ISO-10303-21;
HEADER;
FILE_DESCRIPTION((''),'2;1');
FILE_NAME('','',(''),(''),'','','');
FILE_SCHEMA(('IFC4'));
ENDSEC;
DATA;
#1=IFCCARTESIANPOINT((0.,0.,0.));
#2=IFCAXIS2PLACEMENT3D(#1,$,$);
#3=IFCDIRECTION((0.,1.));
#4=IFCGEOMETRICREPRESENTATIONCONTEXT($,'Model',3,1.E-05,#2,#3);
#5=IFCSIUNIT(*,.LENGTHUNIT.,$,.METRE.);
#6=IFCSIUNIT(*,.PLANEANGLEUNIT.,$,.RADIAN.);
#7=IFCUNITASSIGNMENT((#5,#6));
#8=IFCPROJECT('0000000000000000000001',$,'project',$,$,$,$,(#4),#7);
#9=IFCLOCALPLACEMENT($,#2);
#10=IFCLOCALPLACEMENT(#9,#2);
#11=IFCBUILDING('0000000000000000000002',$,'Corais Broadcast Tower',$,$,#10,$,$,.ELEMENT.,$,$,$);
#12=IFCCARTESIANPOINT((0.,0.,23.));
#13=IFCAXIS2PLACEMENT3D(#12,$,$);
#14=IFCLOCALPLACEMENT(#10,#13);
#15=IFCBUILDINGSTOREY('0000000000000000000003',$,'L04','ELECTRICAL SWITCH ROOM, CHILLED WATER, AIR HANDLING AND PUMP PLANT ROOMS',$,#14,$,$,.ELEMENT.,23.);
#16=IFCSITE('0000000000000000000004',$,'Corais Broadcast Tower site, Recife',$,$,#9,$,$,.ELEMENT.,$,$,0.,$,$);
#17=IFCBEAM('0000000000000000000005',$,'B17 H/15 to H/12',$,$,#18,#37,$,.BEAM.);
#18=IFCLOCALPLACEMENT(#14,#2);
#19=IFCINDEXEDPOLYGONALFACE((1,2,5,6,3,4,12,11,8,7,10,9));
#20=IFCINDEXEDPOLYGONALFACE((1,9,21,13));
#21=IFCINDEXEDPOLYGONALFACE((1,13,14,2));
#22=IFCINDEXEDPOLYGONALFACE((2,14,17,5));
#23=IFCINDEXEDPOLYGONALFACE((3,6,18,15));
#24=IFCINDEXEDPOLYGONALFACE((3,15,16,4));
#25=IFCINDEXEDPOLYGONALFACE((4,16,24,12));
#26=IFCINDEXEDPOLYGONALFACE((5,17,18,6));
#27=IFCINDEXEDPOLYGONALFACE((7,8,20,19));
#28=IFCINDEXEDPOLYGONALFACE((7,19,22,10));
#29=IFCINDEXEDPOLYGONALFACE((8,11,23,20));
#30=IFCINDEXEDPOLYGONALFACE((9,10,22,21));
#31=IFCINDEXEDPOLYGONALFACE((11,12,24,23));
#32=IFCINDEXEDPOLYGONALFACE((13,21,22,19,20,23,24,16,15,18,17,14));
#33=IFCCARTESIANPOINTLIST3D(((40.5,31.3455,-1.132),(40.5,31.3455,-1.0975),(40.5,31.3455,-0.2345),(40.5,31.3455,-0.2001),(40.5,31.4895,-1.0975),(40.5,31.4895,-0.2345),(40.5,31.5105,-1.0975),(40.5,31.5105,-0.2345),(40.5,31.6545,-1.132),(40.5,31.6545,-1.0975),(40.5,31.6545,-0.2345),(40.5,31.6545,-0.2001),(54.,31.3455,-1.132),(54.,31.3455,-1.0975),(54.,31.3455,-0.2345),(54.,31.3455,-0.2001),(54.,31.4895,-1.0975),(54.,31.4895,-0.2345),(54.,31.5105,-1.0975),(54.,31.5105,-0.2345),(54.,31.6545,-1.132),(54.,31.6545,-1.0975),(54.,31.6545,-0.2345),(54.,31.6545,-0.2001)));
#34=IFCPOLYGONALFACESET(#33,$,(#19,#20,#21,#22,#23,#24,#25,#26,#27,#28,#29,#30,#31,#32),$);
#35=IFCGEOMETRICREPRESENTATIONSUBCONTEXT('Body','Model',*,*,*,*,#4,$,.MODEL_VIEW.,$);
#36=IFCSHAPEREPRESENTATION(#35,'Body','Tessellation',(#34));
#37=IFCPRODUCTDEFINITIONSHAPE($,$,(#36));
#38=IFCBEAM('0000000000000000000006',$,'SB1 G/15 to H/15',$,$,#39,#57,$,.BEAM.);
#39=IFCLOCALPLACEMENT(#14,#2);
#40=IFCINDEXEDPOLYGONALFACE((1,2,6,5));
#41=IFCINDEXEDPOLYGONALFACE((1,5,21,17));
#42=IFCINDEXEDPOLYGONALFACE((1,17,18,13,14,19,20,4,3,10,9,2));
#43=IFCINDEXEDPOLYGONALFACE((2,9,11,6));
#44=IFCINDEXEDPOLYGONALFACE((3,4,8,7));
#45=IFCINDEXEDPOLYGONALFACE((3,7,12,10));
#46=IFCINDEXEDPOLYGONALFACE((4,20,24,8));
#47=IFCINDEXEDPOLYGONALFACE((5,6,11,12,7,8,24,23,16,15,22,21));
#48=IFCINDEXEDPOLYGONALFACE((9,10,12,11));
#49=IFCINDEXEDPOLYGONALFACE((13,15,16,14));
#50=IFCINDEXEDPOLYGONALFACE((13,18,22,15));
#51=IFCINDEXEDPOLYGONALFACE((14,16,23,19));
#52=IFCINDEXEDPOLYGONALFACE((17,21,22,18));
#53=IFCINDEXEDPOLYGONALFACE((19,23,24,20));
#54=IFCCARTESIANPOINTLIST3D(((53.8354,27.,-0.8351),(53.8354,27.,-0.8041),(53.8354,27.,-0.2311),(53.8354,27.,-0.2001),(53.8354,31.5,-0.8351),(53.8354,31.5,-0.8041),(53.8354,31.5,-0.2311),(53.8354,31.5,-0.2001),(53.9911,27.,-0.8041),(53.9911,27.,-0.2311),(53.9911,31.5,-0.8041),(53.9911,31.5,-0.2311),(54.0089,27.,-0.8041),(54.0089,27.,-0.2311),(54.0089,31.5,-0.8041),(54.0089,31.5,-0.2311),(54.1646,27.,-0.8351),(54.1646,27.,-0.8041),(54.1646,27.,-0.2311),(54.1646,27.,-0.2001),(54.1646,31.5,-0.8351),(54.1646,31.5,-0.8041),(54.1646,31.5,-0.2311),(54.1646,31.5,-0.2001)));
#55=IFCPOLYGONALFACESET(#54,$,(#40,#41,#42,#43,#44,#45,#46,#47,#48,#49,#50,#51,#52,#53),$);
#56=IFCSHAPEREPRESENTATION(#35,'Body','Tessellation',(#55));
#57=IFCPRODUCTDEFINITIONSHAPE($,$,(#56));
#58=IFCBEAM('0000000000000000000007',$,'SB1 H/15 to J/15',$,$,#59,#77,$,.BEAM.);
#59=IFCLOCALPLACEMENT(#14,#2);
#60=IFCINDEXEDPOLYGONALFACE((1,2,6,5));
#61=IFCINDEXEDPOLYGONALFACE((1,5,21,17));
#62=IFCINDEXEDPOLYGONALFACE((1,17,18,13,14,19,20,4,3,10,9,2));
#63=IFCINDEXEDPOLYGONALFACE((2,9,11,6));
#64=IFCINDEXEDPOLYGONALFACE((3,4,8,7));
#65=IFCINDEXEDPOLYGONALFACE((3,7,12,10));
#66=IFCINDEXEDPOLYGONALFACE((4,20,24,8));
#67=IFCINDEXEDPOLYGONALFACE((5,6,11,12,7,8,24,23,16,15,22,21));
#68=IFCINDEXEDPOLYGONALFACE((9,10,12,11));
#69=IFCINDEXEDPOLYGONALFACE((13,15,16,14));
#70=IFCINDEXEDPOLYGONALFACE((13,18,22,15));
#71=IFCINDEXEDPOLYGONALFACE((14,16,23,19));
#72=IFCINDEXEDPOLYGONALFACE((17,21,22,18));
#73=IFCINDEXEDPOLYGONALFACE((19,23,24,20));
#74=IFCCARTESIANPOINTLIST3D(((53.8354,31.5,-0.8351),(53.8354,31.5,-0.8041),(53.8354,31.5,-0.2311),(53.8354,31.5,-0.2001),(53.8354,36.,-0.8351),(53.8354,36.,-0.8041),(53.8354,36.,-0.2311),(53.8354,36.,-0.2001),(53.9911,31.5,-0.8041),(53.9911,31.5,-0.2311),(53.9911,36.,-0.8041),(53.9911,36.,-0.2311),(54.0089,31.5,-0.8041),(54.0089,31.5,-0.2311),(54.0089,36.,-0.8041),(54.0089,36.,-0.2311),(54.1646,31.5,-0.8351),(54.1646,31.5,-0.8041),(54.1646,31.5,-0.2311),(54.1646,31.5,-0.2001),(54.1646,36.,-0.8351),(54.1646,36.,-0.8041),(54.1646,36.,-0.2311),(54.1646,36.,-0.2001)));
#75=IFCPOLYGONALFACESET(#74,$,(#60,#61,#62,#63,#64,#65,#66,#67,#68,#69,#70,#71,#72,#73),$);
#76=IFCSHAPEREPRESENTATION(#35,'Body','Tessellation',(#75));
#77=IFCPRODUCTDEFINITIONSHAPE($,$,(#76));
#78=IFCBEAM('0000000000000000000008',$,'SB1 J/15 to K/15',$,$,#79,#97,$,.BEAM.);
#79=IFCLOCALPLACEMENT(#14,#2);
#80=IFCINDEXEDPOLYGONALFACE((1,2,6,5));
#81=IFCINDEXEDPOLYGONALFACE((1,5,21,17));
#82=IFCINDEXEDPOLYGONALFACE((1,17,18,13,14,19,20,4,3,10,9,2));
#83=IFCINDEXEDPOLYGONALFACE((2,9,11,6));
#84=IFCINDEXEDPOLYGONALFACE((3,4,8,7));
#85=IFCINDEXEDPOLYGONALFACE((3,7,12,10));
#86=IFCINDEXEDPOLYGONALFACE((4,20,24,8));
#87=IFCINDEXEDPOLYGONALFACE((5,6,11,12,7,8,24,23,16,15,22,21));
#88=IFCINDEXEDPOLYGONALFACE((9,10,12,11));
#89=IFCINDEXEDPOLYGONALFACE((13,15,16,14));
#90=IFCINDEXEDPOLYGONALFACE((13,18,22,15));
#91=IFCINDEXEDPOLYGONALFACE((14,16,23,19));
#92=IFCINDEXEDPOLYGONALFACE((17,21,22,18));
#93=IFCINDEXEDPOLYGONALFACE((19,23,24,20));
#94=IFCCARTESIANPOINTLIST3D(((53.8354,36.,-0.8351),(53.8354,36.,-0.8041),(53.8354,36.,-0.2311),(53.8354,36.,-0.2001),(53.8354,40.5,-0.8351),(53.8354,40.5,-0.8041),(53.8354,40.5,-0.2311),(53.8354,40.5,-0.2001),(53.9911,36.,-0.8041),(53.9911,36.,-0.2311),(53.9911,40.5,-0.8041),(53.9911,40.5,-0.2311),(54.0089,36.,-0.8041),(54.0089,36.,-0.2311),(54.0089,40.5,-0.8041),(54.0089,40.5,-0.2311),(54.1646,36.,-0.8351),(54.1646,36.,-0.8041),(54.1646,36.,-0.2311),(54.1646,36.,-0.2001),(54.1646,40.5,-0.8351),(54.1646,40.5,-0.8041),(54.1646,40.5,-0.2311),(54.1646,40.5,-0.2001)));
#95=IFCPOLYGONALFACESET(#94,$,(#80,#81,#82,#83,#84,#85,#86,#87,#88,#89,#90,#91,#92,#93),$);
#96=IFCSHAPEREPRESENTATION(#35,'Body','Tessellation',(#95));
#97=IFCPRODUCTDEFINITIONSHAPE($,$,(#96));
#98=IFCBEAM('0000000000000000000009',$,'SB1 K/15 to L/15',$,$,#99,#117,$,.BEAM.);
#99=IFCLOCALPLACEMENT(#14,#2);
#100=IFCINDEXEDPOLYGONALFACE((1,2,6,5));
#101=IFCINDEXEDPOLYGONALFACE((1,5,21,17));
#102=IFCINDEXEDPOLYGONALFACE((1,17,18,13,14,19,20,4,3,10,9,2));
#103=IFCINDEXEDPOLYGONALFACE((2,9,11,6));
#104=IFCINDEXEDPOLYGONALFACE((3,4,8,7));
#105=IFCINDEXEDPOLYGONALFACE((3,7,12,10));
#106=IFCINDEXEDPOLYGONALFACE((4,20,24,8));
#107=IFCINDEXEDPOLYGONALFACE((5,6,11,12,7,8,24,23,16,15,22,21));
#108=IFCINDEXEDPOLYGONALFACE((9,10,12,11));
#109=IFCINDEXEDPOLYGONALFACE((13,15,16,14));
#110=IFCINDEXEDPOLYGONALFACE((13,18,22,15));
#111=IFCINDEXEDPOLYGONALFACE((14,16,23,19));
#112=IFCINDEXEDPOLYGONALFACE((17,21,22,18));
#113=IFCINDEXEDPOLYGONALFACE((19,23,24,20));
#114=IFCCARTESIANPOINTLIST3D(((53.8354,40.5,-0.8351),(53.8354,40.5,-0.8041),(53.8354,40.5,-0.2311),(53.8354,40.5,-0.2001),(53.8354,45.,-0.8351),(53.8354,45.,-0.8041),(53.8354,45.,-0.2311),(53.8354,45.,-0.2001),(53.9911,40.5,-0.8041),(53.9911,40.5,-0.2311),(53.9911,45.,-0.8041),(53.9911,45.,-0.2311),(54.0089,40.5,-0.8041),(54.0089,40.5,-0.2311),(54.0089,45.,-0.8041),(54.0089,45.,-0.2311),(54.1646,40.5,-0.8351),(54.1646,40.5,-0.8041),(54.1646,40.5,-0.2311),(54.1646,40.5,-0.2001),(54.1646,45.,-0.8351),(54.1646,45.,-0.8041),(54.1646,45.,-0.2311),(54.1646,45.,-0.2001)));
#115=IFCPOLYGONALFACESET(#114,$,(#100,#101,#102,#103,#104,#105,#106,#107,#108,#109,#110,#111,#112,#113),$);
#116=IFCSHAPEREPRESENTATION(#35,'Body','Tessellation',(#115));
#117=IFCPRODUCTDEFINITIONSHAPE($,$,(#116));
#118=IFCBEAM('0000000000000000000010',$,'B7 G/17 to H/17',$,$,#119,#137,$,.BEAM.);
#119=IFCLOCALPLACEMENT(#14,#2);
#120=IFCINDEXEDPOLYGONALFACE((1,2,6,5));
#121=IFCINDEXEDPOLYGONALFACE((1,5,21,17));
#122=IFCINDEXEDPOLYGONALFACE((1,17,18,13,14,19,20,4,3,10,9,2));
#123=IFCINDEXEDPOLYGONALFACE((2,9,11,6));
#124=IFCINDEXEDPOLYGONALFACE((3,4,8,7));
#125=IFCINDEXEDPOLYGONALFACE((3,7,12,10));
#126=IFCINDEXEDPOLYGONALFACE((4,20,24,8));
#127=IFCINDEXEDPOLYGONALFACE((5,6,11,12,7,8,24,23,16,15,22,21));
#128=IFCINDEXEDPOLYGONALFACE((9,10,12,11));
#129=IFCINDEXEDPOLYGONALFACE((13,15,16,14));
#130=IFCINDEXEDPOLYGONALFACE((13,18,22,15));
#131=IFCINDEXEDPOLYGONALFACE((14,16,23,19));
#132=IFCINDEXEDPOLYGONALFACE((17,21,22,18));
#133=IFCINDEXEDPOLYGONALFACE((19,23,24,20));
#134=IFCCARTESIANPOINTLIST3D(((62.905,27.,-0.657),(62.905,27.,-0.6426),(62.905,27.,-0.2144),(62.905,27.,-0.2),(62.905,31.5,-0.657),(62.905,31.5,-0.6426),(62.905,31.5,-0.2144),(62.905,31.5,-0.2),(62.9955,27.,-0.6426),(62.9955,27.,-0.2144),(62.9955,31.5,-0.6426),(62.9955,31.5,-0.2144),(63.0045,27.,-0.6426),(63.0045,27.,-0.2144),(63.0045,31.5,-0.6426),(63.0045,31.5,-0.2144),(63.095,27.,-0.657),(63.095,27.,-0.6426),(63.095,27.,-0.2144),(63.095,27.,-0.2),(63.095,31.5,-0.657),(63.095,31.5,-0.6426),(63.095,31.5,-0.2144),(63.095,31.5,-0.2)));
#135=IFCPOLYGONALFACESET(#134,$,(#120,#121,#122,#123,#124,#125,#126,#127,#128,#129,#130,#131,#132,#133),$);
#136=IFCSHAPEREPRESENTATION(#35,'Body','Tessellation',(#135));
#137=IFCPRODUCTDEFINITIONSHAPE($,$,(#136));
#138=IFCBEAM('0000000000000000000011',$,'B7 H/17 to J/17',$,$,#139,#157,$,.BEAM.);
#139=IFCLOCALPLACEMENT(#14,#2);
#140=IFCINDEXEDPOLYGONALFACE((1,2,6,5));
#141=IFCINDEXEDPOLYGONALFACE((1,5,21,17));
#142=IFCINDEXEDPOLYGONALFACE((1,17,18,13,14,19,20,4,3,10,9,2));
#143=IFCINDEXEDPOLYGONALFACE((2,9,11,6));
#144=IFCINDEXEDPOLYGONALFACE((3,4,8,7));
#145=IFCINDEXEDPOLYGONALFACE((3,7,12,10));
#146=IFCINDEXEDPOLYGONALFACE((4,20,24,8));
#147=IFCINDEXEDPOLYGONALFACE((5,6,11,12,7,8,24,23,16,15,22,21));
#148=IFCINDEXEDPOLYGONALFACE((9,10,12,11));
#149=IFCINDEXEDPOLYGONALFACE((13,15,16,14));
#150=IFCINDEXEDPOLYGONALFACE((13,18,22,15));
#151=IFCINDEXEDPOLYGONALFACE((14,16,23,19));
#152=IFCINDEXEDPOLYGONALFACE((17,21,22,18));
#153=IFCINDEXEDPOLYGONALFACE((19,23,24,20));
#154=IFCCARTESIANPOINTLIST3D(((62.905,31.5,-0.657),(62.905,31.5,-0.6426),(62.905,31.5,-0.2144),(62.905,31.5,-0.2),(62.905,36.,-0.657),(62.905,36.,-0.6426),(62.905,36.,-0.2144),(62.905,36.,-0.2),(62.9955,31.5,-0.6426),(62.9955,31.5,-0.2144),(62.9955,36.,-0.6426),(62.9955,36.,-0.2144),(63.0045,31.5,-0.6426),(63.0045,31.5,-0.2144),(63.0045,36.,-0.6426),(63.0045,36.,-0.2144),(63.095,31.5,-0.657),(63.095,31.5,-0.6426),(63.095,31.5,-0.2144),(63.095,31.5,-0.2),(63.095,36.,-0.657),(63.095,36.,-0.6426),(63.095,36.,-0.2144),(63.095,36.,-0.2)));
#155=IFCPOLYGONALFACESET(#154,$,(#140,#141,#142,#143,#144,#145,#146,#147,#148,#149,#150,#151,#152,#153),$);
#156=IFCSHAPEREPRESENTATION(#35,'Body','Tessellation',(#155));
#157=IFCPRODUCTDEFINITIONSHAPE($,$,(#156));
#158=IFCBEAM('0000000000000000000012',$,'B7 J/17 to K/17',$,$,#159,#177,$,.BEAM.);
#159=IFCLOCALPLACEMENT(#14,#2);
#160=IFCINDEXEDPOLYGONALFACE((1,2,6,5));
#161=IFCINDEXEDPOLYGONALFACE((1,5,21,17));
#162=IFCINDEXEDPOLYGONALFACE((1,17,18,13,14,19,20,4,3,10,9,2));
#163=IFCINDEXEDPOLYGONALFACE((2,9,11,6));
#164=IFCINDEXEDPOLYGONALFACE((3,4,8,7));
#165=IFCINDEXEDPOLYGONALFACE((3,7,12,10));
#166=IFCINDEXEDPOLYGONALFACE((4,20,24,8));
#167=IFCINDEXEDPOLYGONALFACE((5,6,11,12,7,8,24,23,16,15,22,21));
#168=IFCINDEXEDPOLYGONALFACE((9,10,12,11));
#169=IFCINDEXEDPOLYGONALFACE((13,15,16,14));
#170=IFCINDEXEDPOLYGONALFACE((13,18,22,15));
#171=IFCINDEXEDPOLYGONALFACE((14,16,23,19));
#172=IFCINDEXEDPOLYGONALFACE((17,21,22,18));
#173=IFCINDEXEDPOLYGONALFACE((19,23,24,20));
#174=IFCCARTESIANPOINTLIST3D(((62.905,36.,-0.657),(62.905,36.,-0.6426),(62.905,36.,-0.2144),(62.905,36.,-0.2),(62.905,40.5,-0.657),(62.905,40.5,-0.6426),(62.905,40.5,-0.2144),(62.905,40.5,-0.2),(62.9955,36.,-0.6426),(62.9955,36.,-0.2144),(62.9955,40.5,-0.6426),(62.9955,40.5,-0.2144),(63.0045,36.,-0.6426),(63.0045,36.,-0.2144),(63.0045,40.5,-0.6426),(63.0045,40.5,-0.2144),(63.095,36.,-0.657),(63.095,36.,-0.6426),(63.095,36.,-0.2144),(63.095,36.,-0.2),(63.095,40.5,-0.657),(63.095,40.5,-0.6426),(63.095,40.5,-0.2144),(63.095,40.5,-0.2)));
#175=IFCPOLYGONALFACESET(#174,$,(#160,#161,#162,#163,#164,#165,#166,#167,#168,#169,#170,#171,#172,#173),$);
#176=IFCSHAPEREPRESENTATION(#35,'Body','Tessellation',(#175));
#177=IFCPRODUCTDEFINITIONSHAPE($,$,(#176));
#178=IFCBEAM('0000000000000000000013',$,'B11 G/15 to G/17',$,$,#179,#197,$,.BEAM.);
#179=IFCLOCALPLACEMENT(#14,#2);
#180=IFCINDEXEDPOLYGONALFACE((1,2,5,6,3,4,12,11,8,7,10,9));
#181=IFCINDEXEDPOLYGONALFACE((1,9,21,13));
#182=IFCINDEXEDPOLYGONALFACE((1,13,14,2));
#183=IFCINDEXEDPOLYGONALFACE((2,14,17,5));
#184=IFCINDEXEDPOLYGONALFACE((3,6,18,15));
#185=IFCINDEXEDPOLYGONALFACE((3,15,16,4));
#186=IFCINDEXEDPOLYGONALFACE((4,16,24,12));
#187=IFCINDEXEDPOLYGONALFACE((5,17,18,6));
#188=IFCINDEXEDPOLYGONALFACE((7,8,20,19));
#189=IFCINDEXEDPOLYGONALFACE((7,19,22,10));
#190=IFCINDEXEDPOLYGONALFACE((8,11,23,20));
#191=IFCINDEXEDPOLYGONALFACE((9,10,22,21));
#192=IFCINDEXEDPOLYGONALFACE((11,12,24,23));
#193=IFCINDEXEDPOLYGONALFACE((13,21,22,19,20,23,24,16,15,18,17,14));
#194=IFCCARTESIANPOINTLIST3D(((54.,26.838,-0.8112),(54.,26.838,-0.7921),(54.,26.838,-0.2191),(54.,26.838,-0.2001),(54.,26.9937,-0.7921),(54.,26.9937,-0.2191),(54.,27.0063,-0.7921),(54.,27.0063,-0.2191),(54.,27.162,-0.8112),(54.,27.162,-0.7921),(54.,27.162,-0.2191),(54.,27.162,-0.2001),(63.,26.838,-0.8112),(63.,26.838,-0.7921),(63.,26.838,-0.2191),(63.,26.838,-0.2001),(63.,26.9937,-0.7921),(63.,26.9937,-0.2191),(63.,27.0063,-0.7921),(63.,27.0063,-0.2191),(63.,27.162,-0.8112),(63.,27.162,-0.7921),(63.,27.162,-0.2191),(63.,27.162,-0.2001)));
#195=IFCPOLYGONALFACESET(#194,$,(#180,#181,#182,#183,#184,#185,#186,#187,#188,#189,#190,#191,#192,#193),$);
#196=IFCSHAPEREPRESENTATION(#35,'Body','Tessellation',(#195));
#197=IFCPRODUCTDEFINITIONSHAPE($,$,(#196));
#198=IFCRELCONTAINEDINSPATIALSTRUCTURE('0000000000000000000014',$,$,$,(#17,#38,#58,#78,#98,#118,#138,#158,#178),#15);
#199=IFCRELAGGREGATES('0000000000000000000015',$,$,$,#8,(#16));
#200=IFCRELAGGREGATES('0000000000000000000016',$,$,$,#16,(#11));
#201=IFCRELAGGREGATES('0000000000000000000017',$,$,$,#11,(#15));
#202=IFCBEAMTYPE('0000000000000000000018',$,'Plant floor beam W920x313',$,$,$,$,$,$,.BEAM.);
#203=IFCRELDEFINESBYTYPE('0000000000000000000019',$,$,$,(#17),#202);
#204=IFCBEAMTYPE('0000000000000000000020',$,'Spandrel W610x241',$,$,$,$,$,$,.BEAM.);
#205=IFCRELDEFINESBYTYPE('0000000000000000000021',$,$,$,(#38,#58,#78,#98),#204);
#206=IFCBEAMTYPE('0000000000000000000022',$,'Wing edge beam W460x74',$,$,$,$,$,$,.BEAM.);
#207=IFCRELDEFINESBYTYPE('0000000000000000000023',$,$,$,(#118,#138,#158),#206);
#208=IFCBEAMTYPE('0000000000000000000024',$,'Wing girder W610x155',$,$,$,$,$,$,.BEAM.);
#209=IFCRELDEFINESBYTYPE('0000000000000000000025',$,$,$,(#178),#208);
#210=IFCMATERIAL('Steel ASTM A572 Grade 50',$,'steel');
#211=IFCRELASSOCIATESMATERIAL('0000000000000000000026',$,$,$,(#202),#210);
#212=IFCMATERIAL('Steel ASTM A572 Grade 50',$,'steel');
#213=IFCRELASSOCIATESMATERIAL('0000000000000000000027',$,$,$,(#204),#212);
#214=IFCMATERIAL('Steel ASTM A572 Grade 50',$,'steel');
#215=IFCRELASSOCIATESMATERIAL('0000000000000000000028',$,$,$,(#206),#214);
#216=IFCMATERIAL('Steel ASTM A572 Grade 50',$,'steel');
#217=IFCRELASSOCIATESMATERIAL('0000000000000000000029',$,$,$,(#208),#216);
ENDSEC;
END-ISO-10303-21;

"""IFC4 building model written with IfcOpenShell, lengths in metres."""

from ifc_helpers import new_model, si_unit, direction, frame, origin, origin_2d, place, context, subcontext, project, spatial, i_section, extrude, material, material_profile, profile_set, type_object, element, save


model = new_model("IFC4")

# Units and contexts
model_context = context("Model", 3, precision=1e-05, world=origin(), true_north=direction((0.0, 1.0)))
body_context = subcontext(model_context, "Body", "Model", "MODEL_VIEW")
ifc_project = project(units=[si_unit("LENGTHUNIT", "METRE"), si_unit("PLANEANGLEUNIT", "RADIAN")], contexts=[model_context])

# Site, building, storey
site_placement = place(None, origin())
site = spatial("IfcSite", under=ifc_project, at=site_placement, Name="Corais Broadcast Tower site, Recife", CompositionType="ELEMENT", RefElevation=0.0)
building_placement = place(site_placement, origin())
building = spatial("IfcBuilding", under=site, at=building_placement, Name="Corais Broadcast Tower", CompositionType="ELEMENT")
storey_placement = place(building_placement, frame((0.0, 0.0, 23.0)))
storey = spatial("IfcBuildingStorey", under=building, at=storey_placement, Name="L04", Description="ELECTRICAL SWITCH ROOM, CHILLED WATER, AIR HANDLING AND PUMP PLANT ROOMS", CompositionType="ELEMENT", Elevation=23.0)

# Beams
ifc_material_1 = material(Name="Steel ASTM A572 Grade 50", Category="steel")
ifc_material_profile_1 = material_profile(ifc_material_1, i_section(OverallWidth=0.3091, OverallDepth=0.9319, WebThickness=0.021, FlangeThickness=0.0344, at=origin_2d()), Name="W920x313")
ifc_profile_set_1 = profile_set([ifc_material_profile_1], Name="Steel ASTM A572 Grade 50")
beam_type_1 = type_object("IfcBeamType", Name="Plant floor beam W920x313", PredefinedType="BEAM", material=ifc_profile_set_1)
for number, where, z_axis, x_axis, name in (
    (1, (54.0, 31.5, -0.666), (-1.0, 0.0, 0.0), (0.0, -1.0, 0.0), "B17 H/15 to H/12"),
):
    element("IfcBeam", number, at=place(storey_placement, frame(where, z_axis=z_axis, x_axis=x_axis)), inside=storey, type_object=beam_type_1, Name=name, PredefinedType="BEAM", context=body_context, shape_type="SweptSolid", body=[
        extrude(i_section(OverallWidth=0.3091, OverallDepth=0.9319, WebThickness=0.021, FlangeThickness=0.0344, at=origin_2d()), origin(), (0.0, 0.0, 1.0), 13.5),
    ])
ifc_material_2 = material(Name="Steel ASTM A572 Grade 50", Category="steel")
ifc_material_profile_2 = material_profile(ifc_material_2, i_section(OverallWidth=0.3291, OverallDepth=0.635, WebThickness=0.0178, FlangeThickness=0.031, at=origin_2d()), Name="W610x241")
ifc_profile_set_2 = profile_set([ifc_material_profile_2], Name="Steel ASTM A572 Grade 50")
beam_type_2 = type_object("IfcBeamType", Name="Spandrel W610x241", PredefinedType="BEAM", material=ifc_profile_set_2)
for number, where, z_axis, x_axis, name in (
    (2, (54.0, 27.0, -0.5176), (0.0, 1.0, 0.0), (-1.0, 0.0, 0.0), "SB1 G/15 to H/15"),
    (3, (54.0, 31.5, -0.5176), (0.0, 1.0, 0.0), (-1.0, 0.0, 0.0), "SB1 H/15 to J/15"),
    (4, (54.0, 36.0, -0.5176), (0.0, 1.0, 0.0), (-1.0, 0.0, 0.0), "SB1 J/15 to K/15"),
    (5, (54.0, 40.5, -0.5176), (0.0, 1.0, 0.0), (-1.0, 0.0, 0.0), "SB1 K/15 to L/15"),
):
    element("IfcBeam", number, at=place(storey_placement, frame(where, z_axis=z_axis, x_axis=x_axis)), inside=storey, type_object=beam_type_2, Name=name, PredefinedType="BEAM", context=body_context, shape_type="SweptSolid", body=[
        extrude(i_section(OverallWidth=0.3291, OverallDepth=0.635, WebThickness=0.0178, FlangeThickness=0.031, at=origin_2d()), origin(), (0.0, 0.0, 1.0), 4.5),
    ])
ifc_material_3 = material(Name="Steel ASTM A572 Grade 50", Category="steel")
ifc_material_profile_3 = material_profile(ifc_material_3, i_section(OverallWidth=0.1899, OverallDepth=0.457, WebThickness=0.009, FlangeThickness=0.0144, at=origin_2d()), Name="W460x74")
ifc_profile_set_3 = profile_set([ifc_material_profile_3], Name="Steel ASTM A572 Grade 50")
beam_type_3 = type_object("IfcBeamType", Name="Wing edge beam W460x74", PredefinedType="BEAM", material=ifc_profile_set_3)
for number, where, z_axis, x_axis, name in (
    (6, (63.0, 27.0, -0.4285), (0.0, 1.0, 0.0), (-1.0, 0.0, 0.0), "B7 G/17 to H/17"),
    (7, (63.0, 31.5, -0.4285), (0.0, 1.0, 0.0), (-1.0, 0.0, 0.0), "B7 H/17 to J/17"),
    (8, (63.0, 36.0, -0.4285), (0.0, 1.0, 0.0), (-1.0, 0.0, 0.0), "B7 J/17 to K/17"),
):
    element("IfcBeam", number, at=place(storey_placement, frame(where, z_axis=z_axis, x_axis=x_axis)), inside=storey, type_object=beam_type_3, Name=name, PredefinedType="BEAM", context=body_context, shape_type="SweptSolid", body=[
        extrude(i_section(OverallWidth=0.1899, OverallDepth=0.457, WebThickness=0.009, FlangeThickness=0.0144, at=origin_2d()), origin(), (0.0, 0.0, 1.0), 4.5),
    ])
ifc_material_4 = material(Name="Steel ASTM A572 Grade 50", Category="steel")
ifc_material_profile_4 = material_profile(ifc_material_4, i_section(OverallWidth=0.324, OverallDepth=0.6111, WebThickness=0.0127, FlangeThickness=0.019, at=origin_2d()), Name="W610x155")
ifc_profile_set_4 = profile_set([ifc_material_profile_4], Name="Steel ASTM A572 Grade 50")
beam_type_4 = type_object("IfcBeamType", Name="Wing girder W610x155", PredefinedType="BEAM", material=ifc_profile_set_4)
for number, where, z_axis, x_axis, name in (
    (9, (54.0, 27.0, -0.5056), (1.0, 0.0, 0.0), (0.0, 1.0, 0.0), "B11 G/15 to G/17"),
):
    element("IfcBeam", number, at=place(storey_placement, frame(where, z_axis=z_axis, x_axis=x_axis)), inside=storey, type_object=beam_type_4, Name=name, PredefinedType="BEAM", context=body_context, shape_type="SweptSolid", body=[
        extrude(i_section(OverallWidth=0.324, OverallDepth=0.6111, WebThickness=0.0127, FlangeThickness=0.019, at=origin_2d()), origin(), (0.0, 0.0, 1.0), 9.0),
    ])

save(model, "model.ifc")
